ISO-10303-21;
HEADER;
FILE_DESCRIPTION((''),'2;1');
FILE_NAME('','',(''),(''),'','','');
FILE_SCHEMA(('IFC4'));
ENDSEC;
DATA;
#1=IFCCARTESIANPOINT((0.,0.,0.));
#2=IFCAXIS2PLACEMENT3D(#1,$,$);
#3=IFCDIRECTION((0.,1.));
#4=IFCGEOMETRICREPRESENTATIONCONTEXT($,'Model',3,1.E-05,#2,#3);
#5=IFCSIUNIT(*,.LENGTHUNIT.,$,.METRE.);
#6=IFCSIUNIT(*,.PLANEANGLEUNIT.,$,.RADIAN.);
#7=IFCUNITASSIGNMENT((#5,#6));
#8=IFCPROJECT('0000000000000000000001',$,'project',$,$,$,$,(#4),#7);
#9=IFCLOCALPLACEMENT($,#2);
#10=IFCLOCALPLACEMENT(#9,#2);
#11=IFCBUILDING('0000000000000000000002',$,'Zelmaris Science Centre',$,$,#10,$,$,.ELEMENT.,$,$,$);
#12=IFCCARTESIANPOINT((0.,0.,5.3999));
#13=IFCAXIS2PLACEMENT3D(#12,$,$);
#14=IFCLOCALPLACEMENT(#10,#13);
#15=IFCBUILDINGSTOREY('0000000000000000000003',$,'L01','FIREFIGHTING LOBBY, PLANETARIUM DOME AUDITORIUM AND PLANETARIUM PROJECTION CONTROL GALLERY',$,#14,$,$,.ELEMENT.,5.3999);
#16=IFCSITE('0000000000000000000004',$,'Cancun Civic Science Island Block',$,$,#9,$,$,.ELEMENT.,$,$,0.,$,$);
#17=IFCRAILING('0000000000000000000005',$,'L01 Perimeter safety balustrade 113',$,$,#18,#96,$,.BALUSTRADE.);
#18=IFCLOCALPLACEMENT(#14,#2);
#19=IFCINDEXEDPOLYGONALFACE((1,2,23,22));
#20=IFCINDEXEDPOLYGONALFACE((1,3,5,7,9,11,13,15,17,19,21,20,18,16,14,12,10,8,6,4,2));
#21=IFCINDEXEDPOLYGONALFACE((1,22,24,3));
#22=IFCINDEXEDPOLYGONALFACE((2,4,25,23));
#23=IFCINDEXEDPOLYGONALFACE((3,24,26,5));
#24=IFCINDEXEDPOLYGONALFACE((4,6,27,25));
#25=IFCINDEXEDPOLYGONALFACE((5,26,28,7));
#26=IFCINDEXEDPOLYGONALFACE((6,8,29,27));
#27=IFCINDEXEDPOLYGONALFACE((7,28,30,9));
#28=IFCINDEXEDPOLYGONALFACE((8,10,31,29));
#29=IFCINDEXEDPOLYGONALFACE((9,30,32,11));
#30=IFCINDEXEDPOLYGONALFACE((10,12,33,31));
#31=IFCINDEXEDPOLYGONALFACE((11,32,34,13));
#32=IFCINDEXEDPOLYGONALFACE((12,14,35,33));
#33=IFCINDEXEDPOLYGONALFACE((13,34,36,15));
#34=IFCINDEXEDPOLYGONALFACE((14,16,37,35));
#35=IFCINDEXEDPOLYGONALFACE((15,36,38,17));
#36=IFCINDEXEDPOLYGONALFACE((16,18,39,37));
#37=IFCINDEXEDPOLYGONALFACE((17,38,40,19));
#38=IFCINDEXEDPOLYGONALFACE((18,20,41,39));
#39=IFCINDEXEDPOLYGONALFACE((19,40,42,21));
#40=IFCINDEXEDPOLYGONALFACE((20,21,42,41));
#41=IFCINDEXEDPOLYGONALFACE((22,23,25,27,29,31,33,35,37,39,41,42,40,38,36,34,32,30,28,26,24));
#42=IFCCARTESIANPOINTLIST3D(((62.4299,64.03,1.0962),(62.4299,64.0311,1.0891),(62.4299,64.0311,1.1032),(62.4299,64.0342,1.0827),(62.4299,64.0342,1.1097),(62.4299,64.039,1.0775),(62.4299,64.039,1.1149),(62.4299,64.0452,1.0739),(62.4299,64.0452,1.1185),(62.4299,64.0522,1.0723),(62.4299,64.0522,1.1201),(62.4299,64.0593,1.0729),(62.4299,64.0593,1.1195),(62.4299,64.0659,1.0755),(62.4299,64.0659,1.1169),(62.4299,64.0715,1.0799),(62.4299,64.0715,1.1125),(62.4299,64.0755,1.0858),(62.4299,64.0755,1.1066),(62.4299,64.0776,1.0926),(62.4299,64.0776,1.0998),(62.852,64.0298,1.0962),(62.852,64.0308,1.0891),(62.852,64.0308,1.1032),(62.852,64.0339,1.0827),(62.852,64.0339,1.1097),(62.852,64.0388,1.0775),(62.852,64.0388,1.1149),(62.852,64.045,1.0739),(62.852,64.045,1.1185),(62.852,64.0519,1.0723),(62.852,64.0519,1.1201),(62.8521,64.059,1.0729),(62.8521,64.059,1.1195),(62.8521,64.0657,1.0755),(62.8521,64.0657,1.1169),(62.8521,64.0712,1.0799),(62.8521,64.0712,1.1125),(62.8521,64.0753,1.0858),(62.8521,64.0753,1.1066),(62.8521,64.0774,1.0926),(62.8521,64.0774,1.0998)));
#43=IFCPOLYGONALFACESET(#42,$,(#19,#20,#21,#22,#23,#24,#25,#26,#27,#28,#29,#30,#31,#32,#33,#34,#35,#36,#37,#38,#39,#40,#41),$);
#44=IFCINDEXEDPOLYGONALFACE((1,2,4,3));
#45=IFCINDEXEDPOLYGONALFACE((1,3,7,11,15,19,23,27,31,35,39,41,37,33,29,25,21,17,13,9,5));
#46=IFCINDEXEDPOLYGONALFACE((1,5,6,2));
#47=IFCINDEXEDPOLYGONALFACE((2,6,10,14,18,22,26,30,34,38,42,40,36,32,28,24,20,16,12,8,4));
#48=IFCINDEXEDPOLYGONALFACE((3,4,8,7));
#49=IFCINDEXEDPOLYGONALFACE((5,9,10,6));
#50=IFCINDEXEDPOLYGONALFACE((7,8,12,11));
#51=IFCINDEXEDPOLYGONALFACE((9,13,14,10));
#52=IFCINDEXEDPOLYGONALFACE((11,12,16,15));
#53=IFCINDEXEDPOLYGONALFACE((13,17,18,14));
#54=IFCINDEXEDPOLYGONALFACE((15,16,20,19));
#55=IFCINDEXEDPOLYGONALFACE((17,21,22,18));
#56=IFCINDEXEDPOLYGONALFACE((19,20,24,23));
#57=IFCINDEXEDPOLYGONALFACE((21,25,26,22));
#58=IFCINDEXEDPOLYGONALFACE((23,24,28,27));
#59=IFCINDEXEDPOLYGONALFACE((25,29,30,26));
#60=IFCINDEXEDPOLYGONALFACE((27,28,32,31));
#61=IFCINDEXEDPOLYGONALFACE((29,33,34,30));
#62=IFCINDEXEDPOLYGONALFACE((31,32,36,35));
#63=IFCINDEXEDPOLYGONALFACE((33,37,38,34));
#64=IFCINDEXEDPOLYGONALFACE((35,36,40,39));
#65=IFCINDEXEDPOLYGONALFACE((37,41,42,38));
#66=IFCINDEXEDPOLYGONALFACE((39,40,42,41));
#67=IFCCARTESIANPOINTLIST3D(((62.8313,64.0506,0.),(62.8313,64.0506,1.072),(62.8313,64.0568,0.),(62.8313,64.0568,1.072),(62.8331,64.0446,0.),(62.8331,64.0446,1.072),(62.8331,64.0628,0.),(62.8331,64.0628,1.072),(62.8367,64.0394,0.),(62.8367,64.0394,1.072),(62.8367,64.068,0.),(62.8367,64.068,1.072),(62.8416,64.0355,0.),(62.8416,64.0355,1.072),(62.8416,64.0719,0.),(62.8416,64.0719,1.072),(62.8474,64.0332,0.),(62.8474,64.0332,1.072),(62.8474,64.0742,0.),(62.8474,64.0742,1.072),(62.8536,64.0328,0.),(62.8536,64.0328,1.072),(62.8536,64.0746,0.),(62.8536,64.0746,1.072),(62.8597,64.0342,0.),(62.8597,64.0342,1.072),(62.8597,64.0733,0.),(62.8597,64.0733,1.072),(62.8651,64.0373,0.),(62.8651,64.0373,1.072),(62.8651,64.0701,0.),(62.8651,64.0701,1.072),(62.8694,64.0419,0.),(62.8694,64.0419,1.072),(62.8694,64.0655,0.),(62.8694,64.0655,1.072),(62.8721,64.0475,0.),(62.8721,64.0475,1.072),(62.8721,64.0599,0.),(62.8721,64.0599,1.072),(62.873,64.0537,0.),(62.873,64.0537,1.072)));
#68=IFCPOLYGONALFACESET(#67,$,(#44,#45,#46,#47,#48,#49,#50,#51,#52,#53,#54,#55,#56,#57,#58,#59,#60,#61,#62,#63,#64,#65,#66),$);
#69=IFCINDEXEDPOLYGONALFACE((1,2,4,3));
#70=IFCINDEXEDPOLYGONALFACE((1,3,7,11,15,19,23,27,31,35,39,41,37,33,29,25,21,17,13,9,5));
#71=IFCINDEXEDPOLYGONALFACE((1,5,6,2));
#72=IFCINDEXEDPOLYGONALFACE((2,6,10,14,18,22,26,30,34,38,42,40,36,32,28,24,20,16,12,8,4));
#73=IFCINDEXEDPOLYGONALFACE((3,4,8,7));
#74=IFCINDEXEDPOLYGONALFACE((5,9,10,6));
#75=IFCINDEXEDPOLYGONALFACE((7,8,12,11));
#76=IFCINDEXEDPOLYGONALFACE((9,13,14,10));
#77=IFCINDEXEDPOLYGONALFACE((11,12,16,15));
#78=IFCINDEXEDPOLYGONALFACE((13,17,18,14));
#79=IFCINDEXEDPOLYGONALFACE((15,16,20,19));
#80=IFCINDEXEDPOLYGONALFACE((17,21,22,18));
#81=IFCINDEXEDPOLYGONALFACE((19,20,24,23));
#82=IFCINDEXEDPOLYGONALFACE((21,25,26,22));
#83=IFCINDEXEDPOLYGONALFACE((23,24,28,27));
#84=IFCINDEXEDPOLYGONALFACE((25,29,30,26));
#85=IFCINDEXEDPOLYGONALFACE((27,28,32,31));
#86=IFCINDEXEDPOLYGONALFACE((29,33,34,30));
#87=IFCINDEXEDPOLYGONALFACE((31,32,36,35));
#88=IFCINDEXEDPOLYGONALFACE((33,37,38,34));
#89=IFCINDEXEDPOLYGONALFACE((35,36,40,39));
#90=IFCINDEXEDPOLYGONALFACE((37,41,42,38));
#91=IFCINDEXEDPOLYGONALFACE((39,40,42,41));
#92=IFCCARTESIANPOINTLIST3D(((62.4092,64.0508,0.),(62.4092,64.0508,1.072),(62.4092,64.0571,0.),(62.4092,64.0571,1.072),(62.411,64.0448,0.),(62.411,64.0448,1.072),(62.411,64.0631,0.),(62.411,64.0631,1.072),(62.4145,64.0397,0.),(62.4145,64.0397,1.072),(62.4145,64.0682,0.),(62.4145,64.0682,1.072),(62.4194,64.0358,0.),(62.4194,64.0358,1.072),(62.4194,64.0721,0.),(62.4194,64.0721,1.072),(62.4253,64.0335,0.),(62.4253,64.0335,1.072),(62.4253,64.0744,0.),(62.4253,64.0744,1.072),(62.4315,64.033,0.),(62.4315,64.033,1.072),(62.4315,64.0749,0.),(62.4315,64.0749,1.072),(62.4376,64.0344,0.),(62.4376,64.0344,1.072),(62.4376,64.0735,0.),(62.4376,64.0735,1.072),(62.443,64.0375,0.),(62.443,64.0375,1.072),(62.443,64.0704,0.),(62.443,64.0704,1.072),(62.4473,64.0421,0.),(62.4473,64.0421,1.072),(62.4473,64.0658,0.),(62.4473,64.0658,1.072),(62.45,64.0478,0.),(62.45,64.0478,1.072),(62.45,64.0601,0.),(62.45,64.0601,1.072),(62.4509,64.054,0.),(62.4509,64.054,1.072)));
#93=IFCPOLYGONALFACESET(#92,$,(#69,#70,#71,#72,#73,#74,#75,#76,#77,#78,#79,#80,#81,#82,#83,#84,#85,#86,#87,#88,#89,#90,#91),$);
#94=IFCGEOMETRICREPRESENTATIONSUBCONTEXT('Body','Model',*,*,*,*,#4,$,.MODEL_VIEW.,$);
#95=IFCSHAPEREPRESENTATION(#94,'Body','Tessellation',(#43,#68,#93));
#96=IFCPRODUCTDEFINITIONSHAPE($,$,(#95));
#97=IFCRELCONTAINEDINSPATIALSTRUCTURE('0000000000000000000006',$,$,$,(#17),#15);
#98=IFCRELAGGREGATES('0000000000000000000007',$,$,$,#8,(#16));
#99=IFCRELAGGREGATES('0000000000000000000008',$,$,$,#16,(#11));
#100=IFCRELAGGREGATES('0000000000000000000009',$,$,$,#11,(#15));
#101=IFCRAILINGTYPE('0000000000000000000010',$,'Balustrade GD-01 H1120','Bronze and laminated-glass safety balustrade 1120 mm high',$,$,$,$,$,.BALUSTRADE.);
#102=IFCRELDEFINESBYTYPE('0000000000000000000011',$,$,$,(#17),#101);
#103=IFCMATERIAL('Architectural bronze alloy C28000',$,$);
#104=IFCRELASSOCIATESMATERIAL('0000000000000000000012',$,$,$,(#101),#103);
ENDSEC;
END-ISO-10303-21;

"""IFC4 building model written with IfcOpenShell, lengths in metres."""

from ifc_helpers import new_model, si_unit, direction, frame, origin, origin_2d, place, context, subcontext, project, spatial, circle, extrude, material, type_object, element, save


model = new_model("IFC4")

# Units and contexts
model_context = context("Model", 3, precision=1e-05, world=origin(), true_north=direction((0.0, 1.0)))
body_context = subcontext(model_context, "Body", "Model", "MODEL_VIEW")
ifc_project = project(units=[si_unit("LENGTHUNIT", "METRE"), si_unit("PLANEANGLEUNIT", "RADIAN")], contexts=[model_context])

# Site, building, storey
site_placement = place(None, origin())
site = spatial("IfcSite", under=ifc_project, at=site_placement, Name="Cancun Civic Science Island Block", CompositionType="ELEMENT", RefElevation=0.0)
building_placement = place(site_placement, origin())
building = spatial("IfcBuilding", under=site, at=building_placement, Name="Zelmaris Science Centre", CompositionType="ELEMENT")
storey_placement = place(building_placement, frame((0.0, 0.0, 5.3999)))
storey = spatial("IfcBuildingStorey", under=building, at=storey_placement, Name="L01", Description="FIREFIGHTING LOBBY, PLANETARIUM DOME AUDITORIUM AND PLANETARIUM PROJECTION CONTROL GALLERY", CompositionType="ELEMENT", Elevation=5.3999)

# Railing
ifc_material_1 = material(Name="Architectural bronze alloy C28000")
railing_type = type_object("IfcRailingType", Name="Balustrade GD-01 H1120", Description="Bronze and laminated-glass safety balustrade 1120 mm high", PredefinedType="BALUSTRADE", material=ifc_material_1)
railing_1_placement = place(storey_placement, frame((62.8521, 64.0537, 0.0)))
element("IfcRailing", 1, at=railing_1_placement, inside=storey, type_object=railing_type, Name="L01 Perimeter safety balustrade 113", PredefinedType="BALUSTRADE", context=body_context, shape_type="SweptSolid", body=[
    extrude(circle(Radius=0.0239, at=origin_2d()), frame((0.0, 0.0, 1.0962), z_axis=(-1.0, 0.000578, 0.0), x_axis=(-0.000578, -1.0, 0.0)), (0.0, 0.0, 1.0), 0.4221),
    extrude(circle(Radius=0.021, at=origin_2d()), origin(), (0.0, 0.0, 1.0), 1.072),
    extrude(circle(Radius=0.021, at=origin_2d()), frame((-0.4221, 0.0002, 0.0)), (0.0, 0.0, 1.0), 1.072),
])

save(model, "model.ifc")
